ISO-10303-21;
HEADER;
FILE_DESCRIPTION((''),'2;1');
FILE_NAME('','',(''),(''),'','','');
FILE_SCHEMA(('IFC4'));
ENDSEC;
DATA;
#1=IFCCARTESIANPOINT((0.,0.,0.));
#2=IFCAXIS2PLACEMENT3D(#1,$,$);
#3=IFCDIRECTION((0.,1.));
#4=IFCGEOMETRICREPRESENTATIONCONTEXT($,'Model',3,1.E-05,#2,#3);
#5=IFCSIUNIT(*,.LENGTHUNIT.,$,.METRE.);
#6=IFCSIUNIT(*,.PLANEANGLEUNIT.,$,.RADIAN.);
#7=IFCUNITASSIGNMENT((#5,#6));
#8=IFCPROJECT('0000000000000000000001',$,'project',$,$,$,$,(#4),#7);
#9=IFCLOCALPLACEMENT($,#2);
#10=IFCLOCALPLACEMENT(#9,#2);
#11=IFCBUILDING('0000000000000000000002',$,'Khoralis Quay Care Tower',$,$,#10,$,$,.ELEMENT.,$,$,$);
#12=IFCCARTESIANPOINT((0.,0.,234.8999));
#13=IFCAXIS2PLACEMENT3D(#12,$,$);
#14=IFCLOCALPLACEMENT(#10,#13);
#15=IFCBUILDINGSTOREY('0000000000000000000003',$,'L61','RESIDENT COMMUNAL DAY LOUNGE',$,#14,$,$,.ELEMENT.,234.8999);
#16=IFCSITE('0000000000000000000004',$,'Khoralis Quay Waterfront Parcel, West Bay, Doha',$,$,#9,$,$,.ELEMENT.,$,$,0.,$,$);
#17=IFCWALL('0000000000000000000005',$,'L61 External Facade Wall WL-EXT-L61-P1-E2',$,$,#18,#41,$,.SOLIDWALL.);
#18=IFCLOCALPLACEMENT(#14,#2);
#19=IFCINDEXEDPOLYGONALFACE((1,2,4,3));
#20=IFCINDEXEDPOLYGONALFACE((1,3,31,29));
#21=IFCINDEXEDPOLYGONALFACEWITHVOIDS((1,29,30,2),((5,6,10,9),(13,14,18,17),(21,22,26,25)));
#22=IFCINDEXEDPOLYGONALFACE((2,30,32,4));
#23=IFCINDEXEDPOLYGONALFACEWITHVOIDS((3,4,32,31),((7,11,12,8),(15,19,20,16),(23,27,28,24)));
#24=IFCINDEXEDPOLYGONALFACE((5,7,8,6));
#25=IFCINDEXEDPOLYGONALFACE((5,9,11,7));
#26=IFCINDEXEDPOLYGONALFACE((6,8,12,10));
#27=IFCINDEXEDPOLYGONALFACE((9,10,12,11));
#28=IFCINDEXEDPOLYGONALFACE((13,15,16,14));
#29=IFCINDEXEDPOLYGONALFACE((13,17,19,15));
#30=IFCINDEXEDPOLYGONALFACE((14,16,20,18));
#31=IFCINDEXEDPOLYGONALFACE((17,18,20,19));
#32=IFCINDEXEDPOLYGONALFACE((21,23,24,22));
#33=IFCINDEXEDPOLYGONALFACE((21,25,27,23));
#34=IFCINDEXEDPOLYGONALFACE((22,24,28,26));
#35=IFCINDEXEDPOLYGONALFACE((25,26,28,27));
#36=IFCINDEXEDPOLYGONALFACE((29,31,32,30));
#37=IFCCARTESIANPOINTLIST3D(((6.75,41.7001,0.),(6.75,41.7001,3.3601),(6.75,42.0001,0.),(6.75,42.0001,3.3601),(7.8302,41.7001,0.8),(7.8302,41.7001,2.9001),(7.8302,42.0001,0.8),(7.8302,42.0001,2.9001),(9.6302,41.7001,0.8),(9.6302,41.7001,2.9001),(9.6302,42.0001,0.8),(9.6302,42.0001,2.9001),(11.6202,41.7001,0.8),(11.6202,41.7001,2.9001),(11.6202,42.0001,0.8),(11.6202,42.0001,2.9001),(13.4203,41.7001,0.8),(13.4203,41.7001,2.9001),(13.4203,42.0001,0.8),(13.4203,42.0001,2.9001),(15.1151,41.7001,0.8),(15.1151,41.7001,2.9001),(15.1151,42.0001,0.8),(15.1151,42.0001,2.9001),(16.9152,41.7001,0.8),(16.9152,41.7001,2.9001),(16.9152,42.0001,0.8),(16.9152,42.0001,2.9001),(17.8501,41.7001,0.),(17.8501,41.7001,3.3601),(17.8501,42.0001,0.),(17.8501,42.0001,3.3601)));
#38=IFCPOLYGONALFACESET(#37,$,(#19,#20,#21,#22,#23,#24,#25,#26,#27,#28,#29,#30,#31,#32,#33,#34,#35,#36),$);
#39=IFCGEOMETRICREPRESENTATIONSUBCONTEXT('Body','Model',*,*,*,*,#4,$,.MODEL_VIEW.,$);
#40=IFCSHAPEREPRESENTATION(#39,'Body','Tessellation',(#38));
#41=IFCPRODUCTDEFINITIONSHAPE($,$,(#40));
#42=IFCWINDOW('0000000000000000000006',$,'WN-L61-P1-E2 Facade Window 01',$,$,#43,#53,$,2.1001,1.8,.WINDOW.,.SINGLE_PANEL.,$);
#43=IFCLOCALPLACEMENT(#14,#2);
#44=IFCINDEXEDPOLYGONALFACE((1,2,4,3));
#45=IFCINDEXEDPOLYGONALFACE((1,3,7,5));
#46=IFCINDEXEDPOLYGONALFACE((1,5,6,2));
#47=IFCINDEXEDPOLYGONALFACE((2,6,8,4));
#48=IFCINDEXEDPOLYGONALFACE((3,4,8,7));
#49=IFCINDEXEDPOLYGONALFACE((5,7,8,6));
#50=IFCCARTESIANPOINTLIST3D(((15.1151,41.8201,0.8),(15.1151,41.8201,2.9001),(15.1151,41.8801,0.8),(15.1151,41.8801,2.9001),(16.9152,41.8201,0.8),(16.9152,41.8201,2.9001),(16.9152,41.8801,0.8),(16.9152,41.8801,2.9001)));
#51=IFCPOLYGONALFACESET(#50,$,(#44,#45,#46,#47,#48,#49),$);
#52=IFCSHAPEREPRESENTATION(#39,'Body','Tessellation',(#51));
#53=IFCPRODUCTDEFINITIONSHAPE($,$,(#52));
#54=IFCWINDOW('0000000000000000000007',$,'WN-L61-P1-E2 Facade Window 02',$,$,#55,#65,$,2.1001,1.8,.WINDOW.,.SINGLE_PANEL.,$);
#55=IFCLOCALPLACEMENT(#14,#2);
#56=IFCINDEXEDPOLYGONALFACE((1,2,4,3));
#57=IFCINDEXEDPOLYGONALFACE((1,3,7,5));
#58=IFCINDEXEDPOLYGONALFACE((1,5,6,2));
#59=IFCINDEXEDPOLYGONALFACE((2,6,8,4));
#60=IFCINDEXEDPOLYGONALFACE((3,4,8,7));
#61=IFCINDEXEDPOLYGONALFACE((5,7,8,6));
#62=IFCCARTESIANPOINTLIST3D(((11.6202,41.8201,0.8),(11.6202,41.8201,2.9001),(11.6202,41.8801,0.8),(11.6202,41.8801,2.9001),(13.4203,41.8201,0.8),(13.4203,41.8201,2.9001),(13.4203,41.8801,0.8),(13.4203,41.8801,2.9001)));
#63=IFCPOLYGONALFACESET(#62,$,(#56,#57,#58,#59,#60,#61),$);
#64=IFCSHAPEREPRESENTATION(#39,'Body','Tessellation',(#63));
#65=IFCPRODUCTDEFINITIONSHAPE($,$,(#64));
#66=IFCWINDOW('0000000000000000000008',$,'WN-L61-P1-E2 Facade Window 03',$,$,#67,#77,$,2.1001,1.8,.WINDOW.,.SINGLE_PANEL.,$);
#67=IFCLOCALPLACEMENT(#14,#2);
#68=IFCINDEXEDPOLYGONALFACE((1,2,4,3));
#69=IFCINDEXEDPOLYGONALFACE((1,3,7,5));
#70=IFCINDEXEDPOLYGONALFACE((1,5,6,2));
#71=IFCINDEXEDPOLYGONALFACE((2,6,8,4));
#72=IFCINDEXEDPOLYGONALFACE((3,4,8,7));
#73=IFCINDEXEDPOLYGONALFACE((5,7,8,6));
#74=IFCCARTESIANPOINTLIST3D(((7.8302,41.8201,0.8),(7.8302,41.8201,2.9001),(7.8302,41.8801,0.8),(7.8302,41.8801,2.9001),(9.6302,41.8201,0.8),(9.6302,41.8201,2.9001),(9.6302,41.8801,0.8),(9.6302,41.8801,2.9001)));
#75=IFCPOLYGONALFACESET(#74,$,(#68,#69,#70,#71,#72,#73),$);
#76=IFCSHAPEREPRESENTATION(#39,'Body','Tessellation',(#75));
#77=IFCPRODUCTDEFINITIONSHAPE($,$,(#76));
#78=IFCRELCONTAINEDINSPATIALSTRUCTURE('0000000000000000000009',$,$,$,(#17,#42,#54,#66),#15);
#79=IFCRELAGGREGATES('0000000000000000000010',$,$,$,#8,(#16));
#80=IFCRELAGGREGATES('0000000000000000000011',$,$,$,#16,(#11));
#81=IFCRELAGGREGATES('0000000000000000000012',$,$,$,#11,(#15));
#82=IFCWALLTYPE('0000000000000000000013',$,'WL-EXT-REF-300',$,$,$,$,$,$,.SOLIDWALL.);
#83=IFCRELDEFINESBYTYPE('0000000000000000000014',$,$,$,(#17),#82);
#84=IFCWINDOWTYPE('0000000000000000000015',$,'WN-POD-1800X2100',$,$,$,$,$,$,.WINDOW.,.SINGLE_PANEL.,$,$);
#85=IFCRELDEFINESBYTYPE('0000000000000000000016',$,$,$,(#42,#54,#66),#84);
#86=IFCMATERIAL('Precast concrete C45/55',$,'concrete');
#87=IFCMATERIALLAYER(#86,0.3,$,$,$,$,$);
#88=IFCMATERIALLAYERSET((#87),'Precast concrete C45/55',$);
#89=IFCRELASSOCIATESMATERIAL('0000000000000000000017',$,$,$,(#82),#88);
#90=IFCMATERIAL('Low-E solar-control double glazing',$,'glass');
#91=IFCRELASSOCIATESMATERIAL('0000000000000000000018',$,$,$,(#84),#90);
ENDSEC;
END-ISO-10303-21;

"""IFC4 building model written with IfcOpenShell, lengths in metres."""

from ifc_helpers import new_model, si_unit, direction, frame, frame_2d, origin, place, context, subcontext, project, spatial, rectangle, extrude, source, transform, mapped, material, layer, layer_set, type_object, element, fill, save


model = new_model("IFC4")

# Units and contexts
model_context = context("Model", 3, precision=1e-05, world=origin(), true_north=direction((0.0, 1.0)))
body_context = subcontext(model_context, "Body", "Model", "MODEL_VIEW")
ifc_project = project(units=[si_unit("LENGTHUNIT", "METRE"), si_unit("PLANEANGLEUNIT", "RADIAN")], contexts=[model_context])

# Site, building, storey
site_placement = place(None, origin())
site = spatial("IfcSite", under=ifc_project, at=site_placement, Name="Khoralis Quay Waterfront Parcel, West Bay, Doha", CompositionType="ELEMENT", RefElevation=0.0)
building_placement = place(site_placement, origin())
building = spatial("IfcBuilding", under=site, at=building_placement, Name="Khoralis Quay Care Tower", CompositionType="ELEMENT")
storey_placement = place(building_placement, frame((0.0, 0.0, 234.8999)))
storey = spatial("IfcBuildingStorey", under=building, at=storey_placement, Name="L61", Description="RESIDENT COMMUNAL DAY LOUNGE", CompositionType="ELEMENT", Elevation=234.8999)

# Shared definitions
ifc_material_1 = material(Name="Low-E solar-control double glazing", Category="glass")

# Wall, openings, windows
ifc_material_2 = material(Name="Precast concrete C45/55", Category="concrete")
ifc_layer_1 = layer(ifc_material_2, 0.3)
ifc_layer_set_1 = layer_set([ifc_layer_1], Name="Precast concrete C45/55")
wall_type = type_object("IfcWallType", Name="WL-EXT-REF-300", PredefinedType="SOLIDWALL", material=ifc_layer_set_1)
wall_placement = place(storey_placement, frame((17.8501, 41.8501, 0.0), z_axis=(0.0, 0.0, 1.0), x_axis=(-1.0, 0.0, 0.0)))
wall = element("IfcWall", 1, at=wall_placement, inside=storey, type_object=wall_type, Name="L61 External Facade Wall WL-EXT-L61-P1-E2", PredefinedType="SOLIDWALL", context=body_context, shape_type="SweptSolid", body=[
    extrude(rectangle(XDim=11.1001, YDim=0.3, at=frame_2d((5.55, 0.0))), origin(), (0.0, 0.0, 1.0), 3.3601),
])
opening_1_placement = place(wall_placement, frame((0.9351, 0.0, 0.8)))
opening_1 = element("IfcOpeningElement", 2, at=opening_1_placement, cuts=wall, PredefinedType="OPENING", context=body_context, shape_type="SweptSolid", body=[
    extrude(rectangle(XDim=1.8, YDim=2.1001, at=frame_2d((0.8999, 1.05))), frame((0.0, 0.1602, 0.0), z_axis=(0.0, -1.0, 0.0), x_axis=(1.0, 0.0, 0.0)), (0.0, 0.0, 1.0), 0.3201),
])
opening_2_placement = place(wall_placement, frame((4.4299, 0.0, 0.8)))
opening_2 = element("IfcOpeningElement", 3, at=opening_2_placement, cuts=wall, PredefinedType="OPENING", context=body_context, shape_type="SweptSolid", body=[
    extrude(rectangle(XDim=1.8, YDim=2.1001, at=frame_2d((0.8999, 1.05))), frame((0.0, 0.1602, 0.0), z_axis=(0.0, -1.0, 0.0), x_axis=(1.0, 0.0, 0.0)), (0.0, 0.0, 1.0), 0.3201),
])
opening_3_placement = place(wall_placement, frame((8.22, 0.0, 0.8)))
opening_3 = element("IfcOpeningElement", 4, at=opening_3_placement, cuts=wall, PredefinedType="OPENING", context=body_context, shape_type="SweptSolid", body=[
    extrude(rectangle(XDim=1.8, YDim=2.1001, at=frame_2d((0.8999, 1.05))), frame((0.0, 0.1602, 0.0), z_axis=(0.0, -1.0, 0.0), x_axis=(1.0, 0.0, 0.0)), (0.0, 0.0, 1.0), 0.3201),
])
window_type = type_object("IfcWindowType", Name="WN-POD-1800X2100", PartitioningType="SINGLE_PANEL", PredefinedType="WINDOW", material=ifc_material_1)
shared_shape_1 = source(origin(), body_context, "Body", "SweptSolid", [
    extrude(rectangle(XDim=1.8, YDim=2.1001, at=frame_2d((0.8999, 1.05))), frame((0.0, 0.03, 0.0), z_axis=(0.0, -1.0, 0.0), x_axis=(1.0, 0.0, 0.0)), (0.0, 0.0, 1.0), 0.0601),
])
window_1_placement = place(opening_1_placement, origin())
window_1 = element("IfcWindow", 5, at=window_1_placement, inside=storey, type_object=window_type, Name="WN-L61-P1-E2 Facade Window 01", OverallHeight=2.1001, OverallWidth=1.8, PartitioningType="SINGLE_PANEL", PredefinedType="WINDOW", context=body_context, shape_type="MappedRepresentation", body=[
    mapped(shared_shape_1, transform((0.0, 0.0, 0.0), scale=1.0)),
])
fill(opening_1, window_1)
window_2_placement = place(opening_2_placement, origin())
window_2 = element("IfcWindow", 6, at=window_2_placement, inside=storey, type_object=window_type, Name="WN-L61-P1-E2 Facade Window 02", OverallHeight=2.1001, OverallWidth=1.8, PartitioningType="SINGLE_PANEL", PredefinedType="WINDOW", context=body_context, shape_type="MappedRepresentation", body=[
    mapped(shared_shape_1, transform((0.0, 0.0, 0.0), scale=1.0)),
])
fill(opening_2, window_2)
window_3_placement = place(opening_3_placement, origin())
window_3 = element("IfcWindow", 7, at=window_3_placement, inside=storey, type_object=window_type, Name="WN-L61-P1-E2 Facade Window 03", OverallHeight=2.1001, OverallWidth=1.8, PartitioningType="SINGLE_PANEL", PredefinedType="WINDOW", context=body_context, shape_type="MappedRepresentation", body=[
    mapped(shared_shape_1, transform((0.0, 0.0, 0.0), scale=1.0)),
])
fill(opening_3, window_3)

save(model, "model.ifc")
